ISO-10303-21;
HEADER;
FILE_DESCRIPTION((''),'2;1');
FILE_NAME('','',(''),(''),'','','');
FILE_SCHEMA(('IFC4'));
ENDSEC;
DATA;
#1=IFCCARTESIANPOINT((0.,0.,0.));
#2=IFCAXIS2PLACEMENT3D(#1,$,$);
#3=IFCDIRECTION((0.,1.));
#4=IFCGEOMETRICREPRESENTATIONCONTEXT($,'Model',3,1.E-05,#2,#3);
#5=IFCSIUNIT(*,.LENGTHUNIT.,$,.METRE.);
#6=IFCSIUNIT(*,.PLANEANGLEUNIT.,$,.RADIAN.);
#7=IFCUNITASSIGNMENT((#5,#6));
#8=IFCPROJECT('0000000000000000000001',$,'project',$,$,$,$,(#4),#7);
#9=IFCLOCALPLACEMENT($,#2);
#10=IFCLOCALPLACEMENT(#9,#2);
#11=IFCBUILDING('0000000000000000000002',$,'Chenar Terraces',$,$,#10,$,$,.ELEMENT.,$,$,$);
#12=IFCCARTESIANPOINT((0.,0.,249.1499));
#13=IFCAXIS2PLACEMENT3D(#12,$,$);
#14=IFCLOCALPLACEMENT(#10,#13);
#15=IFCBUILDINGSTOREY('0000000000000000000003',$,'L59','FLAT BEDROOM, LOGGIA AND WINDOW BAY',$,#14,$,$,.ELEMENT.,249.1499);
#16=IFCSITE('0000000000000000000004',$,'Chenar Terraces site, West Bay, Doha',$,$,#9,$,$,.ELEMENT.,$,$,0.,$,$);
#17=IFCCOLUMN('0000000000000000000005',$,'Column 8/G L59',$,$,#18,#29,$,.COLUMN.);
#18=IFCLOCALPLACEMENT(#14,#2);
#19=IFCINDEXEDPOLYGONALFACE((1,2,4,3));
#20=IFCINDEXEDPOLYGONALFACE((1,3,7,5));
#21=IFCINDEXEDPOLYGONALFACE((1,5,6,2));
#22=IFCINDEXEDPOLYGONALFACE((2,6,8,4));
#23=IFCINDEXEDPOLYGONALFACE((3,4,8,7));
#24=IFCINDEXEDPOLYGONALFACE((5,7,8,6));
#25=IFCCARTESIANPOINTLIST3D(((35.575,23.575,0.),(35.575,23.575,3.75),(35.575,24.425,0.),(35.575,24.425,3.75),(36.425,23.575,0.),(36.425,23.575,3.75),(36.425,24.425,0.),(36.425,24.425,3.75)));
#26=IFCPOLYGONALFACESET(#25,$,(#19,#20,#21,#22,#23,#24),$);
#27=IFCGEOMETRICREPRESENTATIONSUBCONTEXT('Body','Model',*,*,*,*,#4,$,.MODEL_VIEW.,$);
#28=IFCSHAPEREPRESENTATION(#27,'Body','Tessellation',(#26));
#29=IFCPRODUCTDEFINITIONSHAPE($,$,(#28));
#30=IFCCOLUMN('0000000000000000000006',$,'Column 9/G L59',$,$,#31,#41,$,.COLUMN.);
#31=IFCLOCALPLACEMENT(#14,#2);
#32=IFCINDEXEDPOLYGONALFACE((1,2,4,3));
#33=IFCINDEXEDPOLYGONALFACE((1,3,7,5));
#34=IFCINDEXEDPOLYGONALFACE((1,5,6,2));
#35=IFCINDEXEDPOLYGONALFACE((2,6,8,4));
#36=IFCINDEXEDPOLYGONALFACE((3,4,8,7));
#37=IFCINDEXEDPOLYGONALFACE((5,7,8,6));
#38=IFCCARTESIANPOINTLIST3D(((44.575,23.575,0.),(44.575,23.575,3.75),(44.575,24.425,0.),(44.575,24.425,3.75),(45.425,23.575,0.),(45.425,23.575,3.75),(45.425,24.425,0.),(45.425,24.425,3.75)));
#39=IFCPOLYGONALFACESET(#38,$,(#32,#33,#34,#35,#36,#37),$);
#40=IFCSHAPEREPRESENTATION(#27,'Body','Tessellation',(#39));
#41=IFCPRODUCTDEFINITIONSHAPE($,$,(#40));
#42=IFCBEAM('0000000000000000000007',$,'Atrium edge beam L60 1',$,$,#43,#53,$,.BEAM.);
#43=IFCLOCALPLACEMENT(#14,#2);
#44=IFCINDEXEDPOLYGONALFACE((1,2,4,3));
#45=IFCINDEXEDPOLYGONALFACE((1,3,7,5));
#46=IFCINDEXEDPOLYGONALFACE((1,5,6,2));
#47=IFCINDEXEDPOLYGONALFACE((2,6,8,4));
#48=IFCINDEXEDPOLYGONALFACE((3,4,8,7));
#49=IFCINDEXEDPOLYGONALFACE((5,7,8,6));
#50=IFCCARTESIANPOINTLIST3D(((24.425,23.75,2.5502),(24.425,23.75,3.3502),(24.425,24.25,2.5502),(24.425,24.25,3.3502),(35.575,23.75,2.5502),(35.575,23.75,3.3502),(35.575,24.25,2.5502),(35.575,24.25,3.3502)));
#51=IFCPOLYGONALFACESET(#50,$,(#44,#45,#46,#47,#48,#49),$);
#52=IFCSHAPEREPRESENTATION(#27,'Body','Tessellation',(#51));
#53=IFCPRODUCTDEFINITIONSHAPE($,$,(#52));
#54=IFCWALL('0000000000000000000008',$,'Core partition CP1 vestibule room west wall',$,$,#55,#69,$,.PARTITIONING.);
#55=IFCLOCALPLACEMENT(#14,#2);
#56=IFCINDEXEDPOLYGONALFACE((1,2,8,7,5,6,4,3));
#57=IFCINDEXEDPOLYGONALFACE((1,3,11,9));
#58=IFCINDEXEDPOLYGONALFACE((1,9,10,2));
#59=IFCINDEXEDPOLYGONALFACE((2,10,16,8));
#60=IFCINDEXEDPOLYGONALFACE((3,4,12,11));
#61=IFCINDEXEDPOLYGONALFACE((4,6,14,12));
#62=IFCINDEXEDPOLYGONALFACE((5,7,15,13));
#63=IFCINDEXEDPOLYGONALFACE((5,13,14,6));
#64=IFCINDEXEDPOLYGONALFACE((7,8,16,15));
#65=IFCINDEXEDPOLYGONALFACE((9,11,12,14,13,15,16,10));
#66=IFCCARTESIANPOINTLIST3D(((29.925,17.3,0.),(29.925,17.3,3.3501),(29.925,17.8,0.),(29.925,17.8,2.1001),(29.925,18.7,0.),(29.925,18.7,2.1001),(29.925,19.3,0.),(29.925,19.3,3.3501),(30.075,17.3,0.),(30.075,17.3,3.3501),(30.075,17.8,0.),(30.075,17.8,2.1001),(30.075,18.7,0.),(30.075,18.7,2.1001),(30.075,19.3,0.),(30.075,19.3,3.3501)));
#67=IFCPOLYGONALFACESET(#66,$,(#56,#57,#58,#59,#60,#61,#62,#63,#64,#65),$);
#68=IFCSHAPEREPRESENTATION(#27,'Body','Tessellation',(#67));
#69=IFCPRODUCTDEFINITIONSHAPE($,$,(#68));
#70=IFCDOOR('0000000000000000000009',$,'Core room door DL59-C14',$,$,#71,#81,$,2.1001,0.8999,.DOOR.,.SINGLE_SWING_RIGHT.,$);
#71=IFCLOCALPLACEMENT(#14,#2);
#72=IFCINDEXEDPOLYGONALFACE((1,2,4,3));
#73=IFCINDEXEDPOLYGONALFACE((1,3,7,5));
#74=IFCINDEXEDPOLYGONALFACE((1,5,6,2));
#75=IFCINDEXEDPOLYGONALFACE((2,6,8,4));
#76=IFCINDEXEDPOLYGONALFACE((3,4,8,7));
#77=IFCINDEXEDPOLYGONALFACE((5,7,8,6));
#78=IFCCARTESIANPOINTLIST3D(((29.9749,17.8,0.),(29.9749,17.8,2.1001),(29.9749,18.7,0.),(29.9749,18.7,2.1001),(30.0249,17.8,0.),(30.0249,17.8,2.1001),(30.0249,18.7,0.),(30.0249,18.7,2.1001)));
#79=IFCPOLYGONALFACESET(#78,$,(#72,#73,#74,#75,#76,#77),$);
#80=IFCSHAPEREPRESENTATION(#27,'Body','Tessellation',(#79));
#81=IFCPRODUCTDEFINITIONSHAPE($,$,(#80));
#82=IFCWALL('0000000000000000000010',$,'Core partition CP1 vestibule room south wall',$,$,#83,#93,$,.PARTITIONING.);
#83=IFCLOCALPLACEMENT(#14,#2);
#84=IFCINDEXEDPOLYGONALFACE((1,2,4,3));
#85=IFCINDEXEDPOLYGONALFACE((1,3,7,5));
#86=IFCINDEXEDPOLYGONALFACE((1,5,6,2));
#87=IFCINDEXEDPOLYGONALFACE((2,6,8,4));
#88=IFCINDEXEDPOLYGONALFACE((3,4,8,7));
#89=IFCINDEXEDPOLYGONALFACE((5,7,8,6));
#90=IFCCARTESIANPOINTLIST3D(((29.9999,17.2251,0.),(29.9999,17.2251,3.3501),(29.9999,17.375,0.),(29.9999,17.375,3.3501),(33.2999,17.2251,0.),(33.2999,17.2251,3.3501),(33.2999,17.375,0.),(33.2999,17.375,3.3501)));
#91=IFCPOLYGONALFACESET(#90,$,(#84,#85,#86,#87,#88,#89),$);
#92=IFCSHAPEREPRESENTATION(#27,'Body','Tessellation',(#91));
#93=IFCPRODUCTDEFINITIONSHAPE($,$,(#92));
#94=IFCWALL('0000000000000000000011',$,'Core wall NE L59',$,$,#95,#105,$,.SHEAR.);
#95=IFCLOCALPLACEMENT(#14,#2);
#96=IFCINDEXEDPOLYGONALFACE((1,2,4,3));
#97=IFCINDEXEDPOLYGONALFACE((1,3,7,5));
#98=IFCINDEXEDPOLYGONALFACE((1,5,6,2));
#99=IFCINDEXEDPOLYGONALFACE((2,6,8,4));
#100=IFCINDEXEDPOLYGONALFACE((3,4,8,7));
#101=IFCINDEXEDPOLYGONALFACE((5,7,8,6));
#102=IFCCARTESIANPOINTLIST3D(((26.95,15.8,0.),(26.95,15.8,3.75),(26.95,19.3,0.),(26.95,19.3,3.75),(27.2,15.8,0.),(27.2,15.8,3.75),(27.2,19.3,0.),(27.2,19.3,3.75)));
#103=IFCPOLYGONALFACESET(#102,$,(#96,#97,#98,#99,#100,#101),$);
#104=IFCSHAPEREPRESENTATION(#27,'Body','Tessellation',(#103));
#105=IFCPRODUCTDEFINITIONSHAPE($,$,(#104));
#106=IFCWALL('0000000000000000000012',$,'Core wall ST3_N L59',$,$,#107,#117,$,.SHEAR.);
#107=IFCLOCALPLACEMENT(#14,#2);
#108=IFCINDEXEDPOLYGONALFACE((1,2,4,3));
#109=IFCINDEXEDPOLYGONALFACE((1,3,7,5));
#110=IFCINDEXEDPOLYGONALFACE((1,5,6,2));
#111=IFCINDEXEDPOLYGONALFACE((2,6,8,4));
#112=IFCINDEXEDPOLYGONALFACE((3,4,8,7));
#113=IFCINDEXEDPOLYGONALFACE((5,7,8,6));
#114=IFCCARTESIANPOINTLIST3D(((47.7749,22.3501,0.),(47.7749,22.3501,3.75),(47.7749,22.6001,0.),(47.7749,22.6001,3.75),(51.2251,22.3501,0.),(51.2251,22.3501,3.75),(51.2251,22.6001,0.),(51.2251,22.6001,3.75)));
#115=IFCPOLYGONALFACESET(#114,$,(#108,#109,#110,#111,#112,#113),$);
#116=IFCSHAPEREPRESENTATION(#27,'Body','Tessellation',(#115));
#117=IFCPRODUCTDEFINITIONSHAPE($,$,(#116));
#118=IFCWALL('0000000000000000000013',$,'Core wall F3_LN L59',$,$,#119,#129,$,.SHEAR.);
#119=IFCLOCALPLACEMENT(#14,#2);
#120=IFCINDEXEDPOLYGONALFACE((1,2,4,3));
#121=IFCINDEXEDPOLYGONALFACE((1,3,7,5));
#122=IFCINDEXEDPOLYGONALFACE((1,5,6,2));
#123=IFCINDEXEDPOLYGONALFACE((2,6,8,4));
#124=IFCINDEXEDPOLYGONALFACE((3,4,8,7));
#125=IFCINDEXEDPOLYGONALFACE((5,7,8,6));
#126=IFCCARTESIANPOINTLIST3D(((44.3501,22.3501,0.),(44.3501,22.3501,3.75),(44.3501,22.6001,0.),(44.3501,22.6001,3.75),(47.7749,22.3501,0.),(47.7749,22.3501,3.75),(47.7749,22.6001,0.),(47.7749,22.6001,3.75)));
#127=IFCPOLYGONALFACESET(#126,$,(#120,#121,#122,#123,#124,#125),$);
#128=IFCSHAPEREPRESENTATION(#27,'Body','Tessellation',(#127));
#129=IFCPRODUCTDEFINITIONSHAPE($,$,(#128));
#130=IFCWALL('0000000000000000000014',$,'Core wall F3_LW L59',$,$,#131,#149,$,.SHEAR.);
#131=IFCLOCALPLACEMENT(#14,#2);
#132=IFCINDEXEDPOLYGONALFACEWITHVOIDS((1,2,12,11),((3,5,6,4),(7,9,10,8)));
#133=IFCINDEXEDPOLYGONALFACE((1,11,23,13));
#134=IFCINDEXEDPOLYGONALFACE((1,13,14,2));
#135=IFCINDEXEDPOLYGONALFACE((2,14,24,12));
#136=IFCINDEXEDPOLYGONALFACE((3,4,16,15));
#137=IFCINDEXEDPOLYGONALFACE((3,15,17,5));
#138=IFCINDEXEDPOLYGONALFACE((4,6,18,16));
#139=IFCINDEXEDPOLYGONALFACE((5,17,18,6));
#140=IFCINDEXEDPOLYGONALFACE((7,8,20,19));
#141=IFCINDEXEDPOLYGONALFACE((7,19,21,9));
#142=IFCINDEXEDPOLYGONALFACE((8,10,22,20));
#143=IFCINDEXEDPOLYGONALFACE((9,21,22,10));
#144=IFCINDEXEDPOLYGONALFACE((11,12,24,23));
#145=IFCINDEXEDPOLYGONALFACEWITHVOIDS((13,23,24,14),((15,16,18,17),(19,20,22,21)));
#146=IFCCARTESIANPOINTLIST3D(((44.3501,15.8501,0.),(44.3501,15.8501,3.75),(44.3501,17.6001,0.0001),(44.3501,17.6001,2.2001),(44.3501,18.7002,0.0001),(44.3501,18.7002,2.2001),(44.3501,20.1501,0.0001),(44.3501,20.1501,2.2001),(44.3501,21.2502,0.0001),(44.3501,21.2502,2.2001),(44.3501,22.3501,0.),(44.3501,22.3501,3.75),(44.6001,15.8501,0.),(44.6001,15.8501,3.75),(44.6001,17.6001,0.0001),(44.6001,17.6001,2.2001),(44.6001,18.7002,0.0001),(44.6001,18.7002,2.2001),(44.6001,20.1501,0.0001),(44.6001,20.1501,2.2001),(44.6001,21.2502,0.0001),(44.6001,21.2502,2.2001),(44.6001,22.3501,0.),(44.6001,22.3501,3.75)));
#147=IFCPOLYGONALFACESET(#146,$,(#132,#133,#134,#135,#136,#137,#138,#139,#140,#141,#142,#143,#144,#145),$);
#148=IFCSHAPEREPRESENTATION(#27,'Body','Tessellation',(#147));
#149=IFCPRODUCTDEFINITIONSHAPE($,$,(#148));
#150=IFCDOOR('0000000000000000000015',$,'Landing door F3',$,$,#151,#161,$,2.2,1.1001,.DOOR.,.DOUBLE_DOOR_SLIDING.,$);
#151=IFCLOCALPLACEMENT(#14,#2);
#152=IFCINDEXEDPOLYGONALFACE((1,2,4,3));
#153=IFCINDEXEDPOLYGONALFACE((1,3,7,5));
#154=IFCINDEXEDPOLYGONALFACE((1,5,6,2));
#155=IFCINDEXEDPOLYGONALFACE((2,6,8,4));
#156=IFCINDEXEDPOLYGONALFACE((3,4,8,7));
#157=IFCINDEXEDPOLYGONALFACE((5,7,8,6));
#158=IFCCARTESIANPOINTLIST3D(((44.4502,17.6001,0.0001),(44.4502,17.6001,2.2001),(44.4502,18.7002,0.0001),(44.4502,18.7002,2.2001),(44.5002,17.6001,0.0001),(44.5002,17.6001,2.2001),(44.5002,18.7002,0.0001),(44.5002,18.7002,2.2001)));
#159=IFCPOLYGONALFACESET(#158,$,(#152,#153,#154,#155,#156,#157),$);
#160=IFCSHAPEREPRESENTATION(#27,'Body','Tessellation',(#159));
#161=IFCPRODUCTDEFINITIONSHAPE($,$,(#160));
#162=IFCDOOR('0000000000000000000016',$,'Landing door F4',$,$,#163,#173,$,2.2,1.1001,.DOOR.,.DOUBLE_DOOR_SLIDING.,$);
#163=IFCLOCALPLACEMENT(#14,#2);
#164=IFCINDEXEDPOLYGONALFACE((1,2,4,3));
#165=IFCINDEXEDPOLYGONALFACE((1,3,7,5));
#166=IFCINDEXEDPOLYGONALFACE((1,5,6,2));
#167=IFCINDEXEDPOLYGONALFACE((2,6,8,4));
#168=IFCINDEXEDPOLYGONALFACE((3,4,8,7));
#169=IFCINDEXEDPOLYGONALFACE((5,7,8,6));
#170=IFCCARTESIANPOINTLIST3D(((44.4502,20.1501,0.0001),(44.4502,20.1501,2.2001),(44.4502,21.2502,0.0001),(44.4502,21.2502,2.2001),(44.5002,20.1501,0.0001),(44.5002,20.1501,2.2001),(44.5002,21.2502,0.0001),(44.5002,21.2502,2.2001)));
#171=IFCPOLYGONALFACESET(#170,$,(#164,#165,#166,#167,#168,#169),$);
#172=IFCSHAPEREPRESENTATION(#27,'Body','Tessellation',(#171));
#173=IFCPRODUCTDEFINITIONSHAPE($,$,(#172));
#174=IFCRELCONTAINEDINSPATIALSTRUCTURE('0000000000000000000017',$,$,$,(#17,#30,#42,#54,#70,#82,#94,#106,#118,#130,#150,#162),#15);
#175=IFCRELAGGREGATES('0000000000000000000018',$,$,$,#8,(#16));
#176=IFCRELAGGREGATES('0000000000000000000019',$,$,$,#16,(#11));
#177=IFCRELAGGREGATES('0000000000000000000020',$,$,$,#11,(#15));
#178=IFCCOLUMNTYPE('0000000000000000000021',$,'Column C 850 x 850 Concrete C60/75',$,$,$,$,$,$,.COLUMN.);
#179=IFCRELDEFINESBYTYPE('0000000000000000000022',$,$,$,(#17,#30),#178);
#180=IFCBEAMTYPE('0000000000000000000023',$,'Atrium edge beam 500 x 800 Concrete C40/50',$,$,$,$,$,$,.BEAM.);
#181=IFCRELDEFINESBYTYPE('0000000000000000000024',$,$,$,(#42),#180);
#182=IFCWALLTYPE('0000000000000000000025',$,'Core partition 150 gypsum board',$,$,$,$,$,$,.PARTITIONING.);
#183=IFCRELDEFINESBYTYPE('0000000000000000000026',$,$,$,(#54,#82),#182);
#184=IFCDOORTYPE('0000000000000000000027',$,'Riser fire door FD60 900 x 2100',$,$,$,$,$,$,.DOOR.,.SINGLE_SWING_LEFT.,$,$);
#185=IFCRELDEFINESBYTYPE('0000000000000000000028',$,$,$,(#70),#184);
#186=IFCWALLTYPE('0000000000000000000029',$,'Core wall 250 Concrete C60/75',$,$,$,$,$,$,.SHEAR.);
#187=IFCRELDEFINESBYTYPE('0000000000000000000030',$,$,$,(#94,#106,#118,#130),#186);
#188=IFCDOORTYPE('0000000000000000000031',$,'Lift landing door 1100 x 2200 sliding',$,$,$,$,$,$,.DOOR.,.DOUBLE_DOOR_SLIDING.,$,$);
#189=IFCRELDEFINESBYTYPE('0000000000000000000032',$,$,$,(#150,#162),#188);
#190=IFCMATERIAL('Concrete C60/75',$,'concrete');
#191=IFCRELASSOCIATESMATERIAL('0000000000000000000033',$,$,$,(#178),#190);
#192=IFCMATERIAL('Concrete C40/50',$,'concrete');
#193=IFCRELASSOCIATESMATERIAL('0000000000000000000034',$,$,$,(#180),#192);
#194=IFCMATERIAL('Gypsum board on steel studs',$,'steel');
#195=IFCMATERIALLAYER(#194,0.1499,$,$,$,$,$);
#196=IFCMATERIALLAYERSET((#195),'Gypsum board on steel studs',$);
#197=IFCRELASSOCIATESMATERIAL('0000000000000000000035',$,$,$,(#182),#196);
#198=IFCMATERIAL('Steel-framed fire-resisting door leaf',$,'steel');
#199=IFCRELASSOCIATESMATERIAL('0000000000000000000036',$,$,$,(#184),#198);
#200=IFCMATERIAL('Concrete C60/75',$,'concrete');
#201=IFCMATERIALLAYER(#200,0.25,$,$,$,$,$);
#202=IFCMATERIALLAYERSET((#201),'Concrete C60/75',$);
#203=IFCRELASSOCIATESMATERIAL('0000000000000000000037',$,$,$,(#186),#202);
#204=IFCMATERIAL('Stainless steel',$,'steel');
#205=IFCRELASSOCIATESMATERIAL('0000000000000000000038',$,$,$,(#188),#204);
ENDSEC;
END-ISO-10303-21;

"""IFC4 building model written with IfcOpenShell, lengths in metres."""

from ifc_helpers import new_model, si_unit, direction, frame, frame_2d, origin, origin_2d, place, context, subcontext, project, spatial, rectangle, extrude, material, layer, layer_set, material_profile, profile_set, type_object, element, fill, save


model = new_model("IFC4")

# Units and contexts
model_context = context("Model", 3, precision=1e-05, world=origin(), true_north=direction((0.0, 1.0)))
body_context = subcontext(model_context, "Body", "Model", "MODEL_VIEW")
ifc_project = project(units=[si_unit("LENGTHUNIT", "METRE"), si_unit("PLANEANGLEUNIT", "RADIAN")], contexts=[model_context])

# Site, building, storey
site_placement = place(None, origin())
site = spatial("IfcSite", under=ifc_project, at=site_placement, Name="Chenar Terraces site, West Bay, Doha", CompositionType="ELEMENT", RefElevation=0.0)
building_placement = place(site_placement, origin())
building = spatial("IfcBuilding", under=site, at=building_placement, Name="Chenar Terraces", CompositionType="ELEMENT")
storey_placement = place(building_placement, frame((0.0, 0.0, 249.1499)))
storey = spatial("IfcBuildingStorey", under=building, at=storey_placement, Name="L59", Description="FLAT BEDROOM, LOGGIA AND WINDOW BAY", CompositionType="ELEMENT", Elevation=249.1499)

# Columns
ifc_material_1 = material(Name="Concrete C60/75", Category="concrete")
ifc_material_profile_1 = material_profile(ifc_material_1, rectangle(XDim=0.8501, YDim=0.8501, at=origin_2d()), Name="C 850 x 850")
ifc_profile_set_1 = profile_set([ifc_material_profile_1], Name="Concrete C60/75")
column_type = type_object("IfcColumnType", Name="Column C 850 x 850 Concrete C60/75", PredefinedType="COLUMN", material=ifc_profile_set_1)
for number, where, z_axis, x_axis, name in (
    (1, (36.0, 24.0, 0.0), (0.0, 0.0, 1.0), (1.0, 0.0, 0.0), "Column 8/G L59"),
    (2, (45.0, 24.0, 0.0), (0.0, 0.0, 1.0), (1.0, 0.0, 0.0), "Column 9/G L59"),
):
    element("IfcColumn", number, at=place(storey_placement, frame(where, z_axis=z_axis, x_axis=x_axis)), inside=storey, type_object=column_type, Name=name, PredefinedType="COLUMN", context=body_context, shape_type="SweptSolid", body=[
        extrude(rectangle(XDim=0.8501, YDim=0.8501, at=origin_2d()), origin(), (0.0, 0.0, 1.0), 3.75),
    ])

# Beam
ifc_material_2 = material(Name="Concrete C40/50", Category="concrete")
ifc_material_profile_2 = material_profile(ifc_material_2, rectangle(XDim=0.5, YDim=0.8, at=origin_2d()), Name="RC 500 x 800")
ifc_profile_set_2 = profile_set([ifc_material_profile_2], Name="Concrete C40/50")
beam_type = type_object("IfcBeamType", Name="Atrium edge beam 500 x 800 Concrete C40/50", PredefinedType="BEAM", material=ifc_profile_set_2)
beam_placement = place(storey_placement, frame((24.425, 24.0, 2.9502), z_axis=(1.0, 0.0, 0.0), x_axis=(0.0, 1.0, 0.0)))
element("IfcBeam", 3, at=beam_placement, inside=storey, type_object=beam_type, Name="Atrium edge beam L60 1", PredefinedType="BEAM", context=body_context, shape_type="SweptSolid", body=[
    extrude(rectangle(XDim=0.5, YDim=0.8, at=origin_2d()), origin(), (0.0, 0.0, 1.0), 11.1499),
])

# Wall, opening, door
ifc_material_3 = material(Name="Gypsum board on steel studs", Category="steel")
ifc_layer_1 = layer(ifc_material_3, 0.1499)
ifc_layer_set_1 = layer_set([ifc_layer_1], Name="Gypsum board on steel studs")
wall_type_1 = type_object("IfcWallType", Name="Core partition 150 gypsum board", PredefinedType="PARTITIONING", material=ifc_layer_set_1)
wall_1_placement = place(storey_placement, frame((30.0, 17.3, 0.0), z_axis=(0.0, 0.0, 1.0), x_axis=(0.0, 1.0, 0.0)))
wall_1 = element("IfcWall", 4, at=wall_1_placement, inside=storey, type_object=wall_type_1, Name="Core partition CP1 vestibule room west wall", PredefinedType="PARTITIONING", context=body_context, shape_type="SweptSolid", body=[
    extrude(rectangle(XDim=2.0, YDim=0.1499, at=frame_2d((1.0, 0.0))), origin(), (0.0, 0.0, 1.0), 3.3501),
])
opening_1_placement = place(wall_1_placement, frame((0.5, 0.0, 0.0)))
opening_1 = element("IfcOpeningElement", 5, at=opening_1_placement, cuts=wall_1, PredefinedType="OPENING", context=body_context, shape_type="SweptSolid", body=[
    extrude(rectangle(XDim=0.8999, YDim=2.1001, at=frame_2d((0.45, 1.05))), frame((0.0, 0.085, 0.0), z_axis=(0.0, -1.0, 0.0), x_axis=(1.0, 0.0, 0.0)), (0.0, 0.0, 1.0), 0.1699),
])
ifc_material_4 = material(Name="Steel-framed fire-resisting door leaf", Category="steel")
door_type_1 = type_object("IfcDoorType", Name="Riser fire door FD60 900 x 2100", OperationType="SINGLE_SWING_LEFT", PredefinedType="DOOR", material=ifc_material_4)
door_1_placement = place(opening_1_placement, frame((0.8999, 0.0, 0.0), z_axis=(0.0, 0.0, 1.0), x_axis=(-1.0, 0.0, 0.0)))
door_1 = element("IfcDoor", 6, at=door_1_placement, inside=storey, type_object=door_type_1, Name="Core room door DL59-C14", OperationType="SINGLE_SWING_RIGHT", OverallHeight=2.1001, OverallWidth=0.8999, PredefinedType="DOOR", context=body_context, shape_type="SweptSolid", body=[
    extrude(rectangle(XDim=0.8999, YDim=2.1001, at=frame_2d((0.45, 1.05))), frame((0.0, 0.0249, 0.0), z_axis=(0.0, -1.0, 0.0), x_axis=(1.0, 0.0, 0.0)), (0.0, 0.0, 1.0), 0.05),
])
fill(opening_1, door_1)

# Walls
wall_2_placement = place(storey_placement, frame((30.0, 17.3, 0.0), z_axis=(0.0, 0.0, 1.0), x_axis=(1.0, 0.0, 0.0)))
element("IfcWall", 7, at=wall_2_placement, inside=storey, type_object=wall_type_1, Name="Core partition CP1 vestibule room south wall", PredefinedType="PARTITIONING", context=body_context, shape_type="SweptSolid", body=[
    extrude(rectangle(XDim=3.3, YDim=0.1499, at=frame_2d((1.6499, 0.0))), origin(), (0.0, 0.0, 1.0), 3.3501),
])
ifc_material_5 = material(Name="Concrete C60/75", Category="concrete")
ifc_layer_2 = layer(ifc_material_5, 0.25)
ifc_layer_set_2 = layer_set([ifc_layer_2], Name="Concrete C60/75")
wall_type_2 = type_object("IfcWallType", Name="Core wall 250 Concrete C60/75", PredefinedType="SHEAR", material=ifc_layer_set_2)
wall_3_placement = place(storey_placement, frame((27.075, 15.8, 0.0), z_axis=(0.0, 0.0, 1.0), x_axis=(0.0, 1.0, 0.0)))
element("IfcWall", 8, at=wall_3_placement, inside=storey, type_object=wall_type_2, Name="Core wall NE L59", PredefinedType="SHEAR", context=body_context, shape_type="SweptSolid", body=[
    extrude(rectangle(XDim=3.5, YDim=0.25, at=frame_2d((1.75, 0.0))), origin(), (0.0, 0.0, 1.0), 3.75),
])
wall_4_placement = place(storey_placement, frame((47.7749, 22.4751, 0.0), z_axis=(0.0, 0.0, 1.0), x_axis=(1.0, 0.0, 0.0)))
element("IfcWall", 9, at=wall_4_placement, inside=storey, type_object=wall_type_2, Name="Core wall ST3_N L59", PredefinedType="SHEAR", context=body_context, shape_type="SweptSolid", body=[
    extrude(rectangle(XDim=3.4502, YDim=0.25, at=frame_2d((1.7251, 0.0))), origin(), (0.0, 0.0, 1.0), 3.75),
])
wall_5_placement = place(storey_placement, frame((44.3501, 22.4751, 0.0), z_axis=(0.0, 0.0, 1.0), x_axis=(1.0, 0.0, 0.0)))
element("IfcWall", 10, at=wall_5_placement, inside=storey, type_object=wall_type_2, Name="Core wall F3_LN L59", PredefinedType="SHEAR", context=body_context, shape_type="SweptSolid", body=[
    extrude(rectangle(XDim=3.4248, YDim=0.25, at=frame_2d((1.7124, 0.0))), origin(), (0.0, 0.0, 1.0), 3.75),
])

# Wall, openings, doors
wall_6_placement = place(storey_placement, frame((44.4751, 15.8501, 0.0), z_axis=(0.0, 0.0, 1.0), x_axis=(0.0, 1.0, 0.0)))
wall_6 = element("IfcWall", 11, at=wall_6_placement, inside=storey, type_object=wall_type_2, Name="Core wall F3_LW L59", PredefinedType="SHEAR", context=body_context, shape_type="SweptSolid", body=[
    extrude(rectangle(XDim=6.5, YDim=0.25, at=frame_2d((3.25, 0.0))), origin(), (0.0, 0.0, 1.0), 3.75),
])
opening_2_placement = place(wall_6_placement, frame((1.75, 0.0, 0.0)))
opening_2 = element("IfcOpeningElement", 12, at=opening_2_placement, cuts=wall_6, PredefinedType="OPENING", context=body_context, shape_type="SweptSolid", body=[
    extrude(rectangle(XDim=1.1001, YDim=2.2, at=frame_2d((0.55, 1.1001))), frame((0.0, 0.135, 0.0), z_axis=(0.0, -1.0, 0.0), x_axis=(1.0, 0.0, 0.0)), (0.0, 0.0, 1.0), 0.27),
])
opening_3_placement = place(wall_6_placement, frame((4.3, 0.0, 0.0)))
opening_3 = element("IfcOpeningElement", 13, at=opening_3_placement, cuts=wall_6, PredefinedType="OPENING", context=body_context, shape_type="SweptSolid", body=[
    extrude(rectangle(XDim=1.1001, YDim=2.2, at=frame_2d((0.55, 1.1001))), frame((0.0, 0.135, 0.0), z_axis=(0.0, -1.0, 0.0), x_axis=(1.0, 0.0, 0.0)), (0.0, 0.0, 1.0), 0.27),
])
ifc_material_6 = material(Name="Stainless steel", Category="steel")
door_type_2 = type_object("IfcDoorType", Name="Lift landing door 1100 x 2200 sliding", OperationType="DOUBLE_DOOR_SLIDING", PredefinedType="DOOR", material=ifc_material_6)
door_2_placement = place(opening_2_placement, origin())
door_2 = element("IfcDoor", 14, at=door_2_placement, inside=storey, type_object=door_type_2, Name="Landing door F3", OperationType="DOUBLE_DOOR_SLIDING", OverallHeight=2.2, OverallWidth=1.1001, PredefinedType="DOOR", context=body_context, shape_type="SweptSolid", body=[
    extrude(rectangle(XDim=1.1001, YDim=2.2, at=frame_2d((0.55, 1.1001))), frame((0.0, 0.0249, 0.0), z_axis=(0.0, -1.0, 0.0), x_axis=(1.0, 0.0, 0.0)), (0.0, 0.0, 1.0), 0.05),
])
fill(opening_2, door_2)
door_3_placement = place(opening_3_placement, origin())
door_3 = element("IfcDoor", 15, at=door_3_placement, inside=storey, type_object=door_type_2, Name="Landing door F4", OperationType="DOUBLE_DOOR_SLIDING", OverallHeight=2.2, OverallWidth=1.1001, PredefinedType="DOOR", context=body_context, shape_type="SweptSolid", body=[
    extrude(rectangle(XDim=1.1001, YDim=2.2, at=frame_2d((0.55, 1.1001))), frame((0.0, 0.0249, 0.0), z_axis=(0.0, -1.0, 0.0), x_axis=(1.0, 0.0, 0.0)), (0.0, 0.0, 1.0), 0.05),
])
fill(opening_3, door_3)

save(model, "model.ifc")
